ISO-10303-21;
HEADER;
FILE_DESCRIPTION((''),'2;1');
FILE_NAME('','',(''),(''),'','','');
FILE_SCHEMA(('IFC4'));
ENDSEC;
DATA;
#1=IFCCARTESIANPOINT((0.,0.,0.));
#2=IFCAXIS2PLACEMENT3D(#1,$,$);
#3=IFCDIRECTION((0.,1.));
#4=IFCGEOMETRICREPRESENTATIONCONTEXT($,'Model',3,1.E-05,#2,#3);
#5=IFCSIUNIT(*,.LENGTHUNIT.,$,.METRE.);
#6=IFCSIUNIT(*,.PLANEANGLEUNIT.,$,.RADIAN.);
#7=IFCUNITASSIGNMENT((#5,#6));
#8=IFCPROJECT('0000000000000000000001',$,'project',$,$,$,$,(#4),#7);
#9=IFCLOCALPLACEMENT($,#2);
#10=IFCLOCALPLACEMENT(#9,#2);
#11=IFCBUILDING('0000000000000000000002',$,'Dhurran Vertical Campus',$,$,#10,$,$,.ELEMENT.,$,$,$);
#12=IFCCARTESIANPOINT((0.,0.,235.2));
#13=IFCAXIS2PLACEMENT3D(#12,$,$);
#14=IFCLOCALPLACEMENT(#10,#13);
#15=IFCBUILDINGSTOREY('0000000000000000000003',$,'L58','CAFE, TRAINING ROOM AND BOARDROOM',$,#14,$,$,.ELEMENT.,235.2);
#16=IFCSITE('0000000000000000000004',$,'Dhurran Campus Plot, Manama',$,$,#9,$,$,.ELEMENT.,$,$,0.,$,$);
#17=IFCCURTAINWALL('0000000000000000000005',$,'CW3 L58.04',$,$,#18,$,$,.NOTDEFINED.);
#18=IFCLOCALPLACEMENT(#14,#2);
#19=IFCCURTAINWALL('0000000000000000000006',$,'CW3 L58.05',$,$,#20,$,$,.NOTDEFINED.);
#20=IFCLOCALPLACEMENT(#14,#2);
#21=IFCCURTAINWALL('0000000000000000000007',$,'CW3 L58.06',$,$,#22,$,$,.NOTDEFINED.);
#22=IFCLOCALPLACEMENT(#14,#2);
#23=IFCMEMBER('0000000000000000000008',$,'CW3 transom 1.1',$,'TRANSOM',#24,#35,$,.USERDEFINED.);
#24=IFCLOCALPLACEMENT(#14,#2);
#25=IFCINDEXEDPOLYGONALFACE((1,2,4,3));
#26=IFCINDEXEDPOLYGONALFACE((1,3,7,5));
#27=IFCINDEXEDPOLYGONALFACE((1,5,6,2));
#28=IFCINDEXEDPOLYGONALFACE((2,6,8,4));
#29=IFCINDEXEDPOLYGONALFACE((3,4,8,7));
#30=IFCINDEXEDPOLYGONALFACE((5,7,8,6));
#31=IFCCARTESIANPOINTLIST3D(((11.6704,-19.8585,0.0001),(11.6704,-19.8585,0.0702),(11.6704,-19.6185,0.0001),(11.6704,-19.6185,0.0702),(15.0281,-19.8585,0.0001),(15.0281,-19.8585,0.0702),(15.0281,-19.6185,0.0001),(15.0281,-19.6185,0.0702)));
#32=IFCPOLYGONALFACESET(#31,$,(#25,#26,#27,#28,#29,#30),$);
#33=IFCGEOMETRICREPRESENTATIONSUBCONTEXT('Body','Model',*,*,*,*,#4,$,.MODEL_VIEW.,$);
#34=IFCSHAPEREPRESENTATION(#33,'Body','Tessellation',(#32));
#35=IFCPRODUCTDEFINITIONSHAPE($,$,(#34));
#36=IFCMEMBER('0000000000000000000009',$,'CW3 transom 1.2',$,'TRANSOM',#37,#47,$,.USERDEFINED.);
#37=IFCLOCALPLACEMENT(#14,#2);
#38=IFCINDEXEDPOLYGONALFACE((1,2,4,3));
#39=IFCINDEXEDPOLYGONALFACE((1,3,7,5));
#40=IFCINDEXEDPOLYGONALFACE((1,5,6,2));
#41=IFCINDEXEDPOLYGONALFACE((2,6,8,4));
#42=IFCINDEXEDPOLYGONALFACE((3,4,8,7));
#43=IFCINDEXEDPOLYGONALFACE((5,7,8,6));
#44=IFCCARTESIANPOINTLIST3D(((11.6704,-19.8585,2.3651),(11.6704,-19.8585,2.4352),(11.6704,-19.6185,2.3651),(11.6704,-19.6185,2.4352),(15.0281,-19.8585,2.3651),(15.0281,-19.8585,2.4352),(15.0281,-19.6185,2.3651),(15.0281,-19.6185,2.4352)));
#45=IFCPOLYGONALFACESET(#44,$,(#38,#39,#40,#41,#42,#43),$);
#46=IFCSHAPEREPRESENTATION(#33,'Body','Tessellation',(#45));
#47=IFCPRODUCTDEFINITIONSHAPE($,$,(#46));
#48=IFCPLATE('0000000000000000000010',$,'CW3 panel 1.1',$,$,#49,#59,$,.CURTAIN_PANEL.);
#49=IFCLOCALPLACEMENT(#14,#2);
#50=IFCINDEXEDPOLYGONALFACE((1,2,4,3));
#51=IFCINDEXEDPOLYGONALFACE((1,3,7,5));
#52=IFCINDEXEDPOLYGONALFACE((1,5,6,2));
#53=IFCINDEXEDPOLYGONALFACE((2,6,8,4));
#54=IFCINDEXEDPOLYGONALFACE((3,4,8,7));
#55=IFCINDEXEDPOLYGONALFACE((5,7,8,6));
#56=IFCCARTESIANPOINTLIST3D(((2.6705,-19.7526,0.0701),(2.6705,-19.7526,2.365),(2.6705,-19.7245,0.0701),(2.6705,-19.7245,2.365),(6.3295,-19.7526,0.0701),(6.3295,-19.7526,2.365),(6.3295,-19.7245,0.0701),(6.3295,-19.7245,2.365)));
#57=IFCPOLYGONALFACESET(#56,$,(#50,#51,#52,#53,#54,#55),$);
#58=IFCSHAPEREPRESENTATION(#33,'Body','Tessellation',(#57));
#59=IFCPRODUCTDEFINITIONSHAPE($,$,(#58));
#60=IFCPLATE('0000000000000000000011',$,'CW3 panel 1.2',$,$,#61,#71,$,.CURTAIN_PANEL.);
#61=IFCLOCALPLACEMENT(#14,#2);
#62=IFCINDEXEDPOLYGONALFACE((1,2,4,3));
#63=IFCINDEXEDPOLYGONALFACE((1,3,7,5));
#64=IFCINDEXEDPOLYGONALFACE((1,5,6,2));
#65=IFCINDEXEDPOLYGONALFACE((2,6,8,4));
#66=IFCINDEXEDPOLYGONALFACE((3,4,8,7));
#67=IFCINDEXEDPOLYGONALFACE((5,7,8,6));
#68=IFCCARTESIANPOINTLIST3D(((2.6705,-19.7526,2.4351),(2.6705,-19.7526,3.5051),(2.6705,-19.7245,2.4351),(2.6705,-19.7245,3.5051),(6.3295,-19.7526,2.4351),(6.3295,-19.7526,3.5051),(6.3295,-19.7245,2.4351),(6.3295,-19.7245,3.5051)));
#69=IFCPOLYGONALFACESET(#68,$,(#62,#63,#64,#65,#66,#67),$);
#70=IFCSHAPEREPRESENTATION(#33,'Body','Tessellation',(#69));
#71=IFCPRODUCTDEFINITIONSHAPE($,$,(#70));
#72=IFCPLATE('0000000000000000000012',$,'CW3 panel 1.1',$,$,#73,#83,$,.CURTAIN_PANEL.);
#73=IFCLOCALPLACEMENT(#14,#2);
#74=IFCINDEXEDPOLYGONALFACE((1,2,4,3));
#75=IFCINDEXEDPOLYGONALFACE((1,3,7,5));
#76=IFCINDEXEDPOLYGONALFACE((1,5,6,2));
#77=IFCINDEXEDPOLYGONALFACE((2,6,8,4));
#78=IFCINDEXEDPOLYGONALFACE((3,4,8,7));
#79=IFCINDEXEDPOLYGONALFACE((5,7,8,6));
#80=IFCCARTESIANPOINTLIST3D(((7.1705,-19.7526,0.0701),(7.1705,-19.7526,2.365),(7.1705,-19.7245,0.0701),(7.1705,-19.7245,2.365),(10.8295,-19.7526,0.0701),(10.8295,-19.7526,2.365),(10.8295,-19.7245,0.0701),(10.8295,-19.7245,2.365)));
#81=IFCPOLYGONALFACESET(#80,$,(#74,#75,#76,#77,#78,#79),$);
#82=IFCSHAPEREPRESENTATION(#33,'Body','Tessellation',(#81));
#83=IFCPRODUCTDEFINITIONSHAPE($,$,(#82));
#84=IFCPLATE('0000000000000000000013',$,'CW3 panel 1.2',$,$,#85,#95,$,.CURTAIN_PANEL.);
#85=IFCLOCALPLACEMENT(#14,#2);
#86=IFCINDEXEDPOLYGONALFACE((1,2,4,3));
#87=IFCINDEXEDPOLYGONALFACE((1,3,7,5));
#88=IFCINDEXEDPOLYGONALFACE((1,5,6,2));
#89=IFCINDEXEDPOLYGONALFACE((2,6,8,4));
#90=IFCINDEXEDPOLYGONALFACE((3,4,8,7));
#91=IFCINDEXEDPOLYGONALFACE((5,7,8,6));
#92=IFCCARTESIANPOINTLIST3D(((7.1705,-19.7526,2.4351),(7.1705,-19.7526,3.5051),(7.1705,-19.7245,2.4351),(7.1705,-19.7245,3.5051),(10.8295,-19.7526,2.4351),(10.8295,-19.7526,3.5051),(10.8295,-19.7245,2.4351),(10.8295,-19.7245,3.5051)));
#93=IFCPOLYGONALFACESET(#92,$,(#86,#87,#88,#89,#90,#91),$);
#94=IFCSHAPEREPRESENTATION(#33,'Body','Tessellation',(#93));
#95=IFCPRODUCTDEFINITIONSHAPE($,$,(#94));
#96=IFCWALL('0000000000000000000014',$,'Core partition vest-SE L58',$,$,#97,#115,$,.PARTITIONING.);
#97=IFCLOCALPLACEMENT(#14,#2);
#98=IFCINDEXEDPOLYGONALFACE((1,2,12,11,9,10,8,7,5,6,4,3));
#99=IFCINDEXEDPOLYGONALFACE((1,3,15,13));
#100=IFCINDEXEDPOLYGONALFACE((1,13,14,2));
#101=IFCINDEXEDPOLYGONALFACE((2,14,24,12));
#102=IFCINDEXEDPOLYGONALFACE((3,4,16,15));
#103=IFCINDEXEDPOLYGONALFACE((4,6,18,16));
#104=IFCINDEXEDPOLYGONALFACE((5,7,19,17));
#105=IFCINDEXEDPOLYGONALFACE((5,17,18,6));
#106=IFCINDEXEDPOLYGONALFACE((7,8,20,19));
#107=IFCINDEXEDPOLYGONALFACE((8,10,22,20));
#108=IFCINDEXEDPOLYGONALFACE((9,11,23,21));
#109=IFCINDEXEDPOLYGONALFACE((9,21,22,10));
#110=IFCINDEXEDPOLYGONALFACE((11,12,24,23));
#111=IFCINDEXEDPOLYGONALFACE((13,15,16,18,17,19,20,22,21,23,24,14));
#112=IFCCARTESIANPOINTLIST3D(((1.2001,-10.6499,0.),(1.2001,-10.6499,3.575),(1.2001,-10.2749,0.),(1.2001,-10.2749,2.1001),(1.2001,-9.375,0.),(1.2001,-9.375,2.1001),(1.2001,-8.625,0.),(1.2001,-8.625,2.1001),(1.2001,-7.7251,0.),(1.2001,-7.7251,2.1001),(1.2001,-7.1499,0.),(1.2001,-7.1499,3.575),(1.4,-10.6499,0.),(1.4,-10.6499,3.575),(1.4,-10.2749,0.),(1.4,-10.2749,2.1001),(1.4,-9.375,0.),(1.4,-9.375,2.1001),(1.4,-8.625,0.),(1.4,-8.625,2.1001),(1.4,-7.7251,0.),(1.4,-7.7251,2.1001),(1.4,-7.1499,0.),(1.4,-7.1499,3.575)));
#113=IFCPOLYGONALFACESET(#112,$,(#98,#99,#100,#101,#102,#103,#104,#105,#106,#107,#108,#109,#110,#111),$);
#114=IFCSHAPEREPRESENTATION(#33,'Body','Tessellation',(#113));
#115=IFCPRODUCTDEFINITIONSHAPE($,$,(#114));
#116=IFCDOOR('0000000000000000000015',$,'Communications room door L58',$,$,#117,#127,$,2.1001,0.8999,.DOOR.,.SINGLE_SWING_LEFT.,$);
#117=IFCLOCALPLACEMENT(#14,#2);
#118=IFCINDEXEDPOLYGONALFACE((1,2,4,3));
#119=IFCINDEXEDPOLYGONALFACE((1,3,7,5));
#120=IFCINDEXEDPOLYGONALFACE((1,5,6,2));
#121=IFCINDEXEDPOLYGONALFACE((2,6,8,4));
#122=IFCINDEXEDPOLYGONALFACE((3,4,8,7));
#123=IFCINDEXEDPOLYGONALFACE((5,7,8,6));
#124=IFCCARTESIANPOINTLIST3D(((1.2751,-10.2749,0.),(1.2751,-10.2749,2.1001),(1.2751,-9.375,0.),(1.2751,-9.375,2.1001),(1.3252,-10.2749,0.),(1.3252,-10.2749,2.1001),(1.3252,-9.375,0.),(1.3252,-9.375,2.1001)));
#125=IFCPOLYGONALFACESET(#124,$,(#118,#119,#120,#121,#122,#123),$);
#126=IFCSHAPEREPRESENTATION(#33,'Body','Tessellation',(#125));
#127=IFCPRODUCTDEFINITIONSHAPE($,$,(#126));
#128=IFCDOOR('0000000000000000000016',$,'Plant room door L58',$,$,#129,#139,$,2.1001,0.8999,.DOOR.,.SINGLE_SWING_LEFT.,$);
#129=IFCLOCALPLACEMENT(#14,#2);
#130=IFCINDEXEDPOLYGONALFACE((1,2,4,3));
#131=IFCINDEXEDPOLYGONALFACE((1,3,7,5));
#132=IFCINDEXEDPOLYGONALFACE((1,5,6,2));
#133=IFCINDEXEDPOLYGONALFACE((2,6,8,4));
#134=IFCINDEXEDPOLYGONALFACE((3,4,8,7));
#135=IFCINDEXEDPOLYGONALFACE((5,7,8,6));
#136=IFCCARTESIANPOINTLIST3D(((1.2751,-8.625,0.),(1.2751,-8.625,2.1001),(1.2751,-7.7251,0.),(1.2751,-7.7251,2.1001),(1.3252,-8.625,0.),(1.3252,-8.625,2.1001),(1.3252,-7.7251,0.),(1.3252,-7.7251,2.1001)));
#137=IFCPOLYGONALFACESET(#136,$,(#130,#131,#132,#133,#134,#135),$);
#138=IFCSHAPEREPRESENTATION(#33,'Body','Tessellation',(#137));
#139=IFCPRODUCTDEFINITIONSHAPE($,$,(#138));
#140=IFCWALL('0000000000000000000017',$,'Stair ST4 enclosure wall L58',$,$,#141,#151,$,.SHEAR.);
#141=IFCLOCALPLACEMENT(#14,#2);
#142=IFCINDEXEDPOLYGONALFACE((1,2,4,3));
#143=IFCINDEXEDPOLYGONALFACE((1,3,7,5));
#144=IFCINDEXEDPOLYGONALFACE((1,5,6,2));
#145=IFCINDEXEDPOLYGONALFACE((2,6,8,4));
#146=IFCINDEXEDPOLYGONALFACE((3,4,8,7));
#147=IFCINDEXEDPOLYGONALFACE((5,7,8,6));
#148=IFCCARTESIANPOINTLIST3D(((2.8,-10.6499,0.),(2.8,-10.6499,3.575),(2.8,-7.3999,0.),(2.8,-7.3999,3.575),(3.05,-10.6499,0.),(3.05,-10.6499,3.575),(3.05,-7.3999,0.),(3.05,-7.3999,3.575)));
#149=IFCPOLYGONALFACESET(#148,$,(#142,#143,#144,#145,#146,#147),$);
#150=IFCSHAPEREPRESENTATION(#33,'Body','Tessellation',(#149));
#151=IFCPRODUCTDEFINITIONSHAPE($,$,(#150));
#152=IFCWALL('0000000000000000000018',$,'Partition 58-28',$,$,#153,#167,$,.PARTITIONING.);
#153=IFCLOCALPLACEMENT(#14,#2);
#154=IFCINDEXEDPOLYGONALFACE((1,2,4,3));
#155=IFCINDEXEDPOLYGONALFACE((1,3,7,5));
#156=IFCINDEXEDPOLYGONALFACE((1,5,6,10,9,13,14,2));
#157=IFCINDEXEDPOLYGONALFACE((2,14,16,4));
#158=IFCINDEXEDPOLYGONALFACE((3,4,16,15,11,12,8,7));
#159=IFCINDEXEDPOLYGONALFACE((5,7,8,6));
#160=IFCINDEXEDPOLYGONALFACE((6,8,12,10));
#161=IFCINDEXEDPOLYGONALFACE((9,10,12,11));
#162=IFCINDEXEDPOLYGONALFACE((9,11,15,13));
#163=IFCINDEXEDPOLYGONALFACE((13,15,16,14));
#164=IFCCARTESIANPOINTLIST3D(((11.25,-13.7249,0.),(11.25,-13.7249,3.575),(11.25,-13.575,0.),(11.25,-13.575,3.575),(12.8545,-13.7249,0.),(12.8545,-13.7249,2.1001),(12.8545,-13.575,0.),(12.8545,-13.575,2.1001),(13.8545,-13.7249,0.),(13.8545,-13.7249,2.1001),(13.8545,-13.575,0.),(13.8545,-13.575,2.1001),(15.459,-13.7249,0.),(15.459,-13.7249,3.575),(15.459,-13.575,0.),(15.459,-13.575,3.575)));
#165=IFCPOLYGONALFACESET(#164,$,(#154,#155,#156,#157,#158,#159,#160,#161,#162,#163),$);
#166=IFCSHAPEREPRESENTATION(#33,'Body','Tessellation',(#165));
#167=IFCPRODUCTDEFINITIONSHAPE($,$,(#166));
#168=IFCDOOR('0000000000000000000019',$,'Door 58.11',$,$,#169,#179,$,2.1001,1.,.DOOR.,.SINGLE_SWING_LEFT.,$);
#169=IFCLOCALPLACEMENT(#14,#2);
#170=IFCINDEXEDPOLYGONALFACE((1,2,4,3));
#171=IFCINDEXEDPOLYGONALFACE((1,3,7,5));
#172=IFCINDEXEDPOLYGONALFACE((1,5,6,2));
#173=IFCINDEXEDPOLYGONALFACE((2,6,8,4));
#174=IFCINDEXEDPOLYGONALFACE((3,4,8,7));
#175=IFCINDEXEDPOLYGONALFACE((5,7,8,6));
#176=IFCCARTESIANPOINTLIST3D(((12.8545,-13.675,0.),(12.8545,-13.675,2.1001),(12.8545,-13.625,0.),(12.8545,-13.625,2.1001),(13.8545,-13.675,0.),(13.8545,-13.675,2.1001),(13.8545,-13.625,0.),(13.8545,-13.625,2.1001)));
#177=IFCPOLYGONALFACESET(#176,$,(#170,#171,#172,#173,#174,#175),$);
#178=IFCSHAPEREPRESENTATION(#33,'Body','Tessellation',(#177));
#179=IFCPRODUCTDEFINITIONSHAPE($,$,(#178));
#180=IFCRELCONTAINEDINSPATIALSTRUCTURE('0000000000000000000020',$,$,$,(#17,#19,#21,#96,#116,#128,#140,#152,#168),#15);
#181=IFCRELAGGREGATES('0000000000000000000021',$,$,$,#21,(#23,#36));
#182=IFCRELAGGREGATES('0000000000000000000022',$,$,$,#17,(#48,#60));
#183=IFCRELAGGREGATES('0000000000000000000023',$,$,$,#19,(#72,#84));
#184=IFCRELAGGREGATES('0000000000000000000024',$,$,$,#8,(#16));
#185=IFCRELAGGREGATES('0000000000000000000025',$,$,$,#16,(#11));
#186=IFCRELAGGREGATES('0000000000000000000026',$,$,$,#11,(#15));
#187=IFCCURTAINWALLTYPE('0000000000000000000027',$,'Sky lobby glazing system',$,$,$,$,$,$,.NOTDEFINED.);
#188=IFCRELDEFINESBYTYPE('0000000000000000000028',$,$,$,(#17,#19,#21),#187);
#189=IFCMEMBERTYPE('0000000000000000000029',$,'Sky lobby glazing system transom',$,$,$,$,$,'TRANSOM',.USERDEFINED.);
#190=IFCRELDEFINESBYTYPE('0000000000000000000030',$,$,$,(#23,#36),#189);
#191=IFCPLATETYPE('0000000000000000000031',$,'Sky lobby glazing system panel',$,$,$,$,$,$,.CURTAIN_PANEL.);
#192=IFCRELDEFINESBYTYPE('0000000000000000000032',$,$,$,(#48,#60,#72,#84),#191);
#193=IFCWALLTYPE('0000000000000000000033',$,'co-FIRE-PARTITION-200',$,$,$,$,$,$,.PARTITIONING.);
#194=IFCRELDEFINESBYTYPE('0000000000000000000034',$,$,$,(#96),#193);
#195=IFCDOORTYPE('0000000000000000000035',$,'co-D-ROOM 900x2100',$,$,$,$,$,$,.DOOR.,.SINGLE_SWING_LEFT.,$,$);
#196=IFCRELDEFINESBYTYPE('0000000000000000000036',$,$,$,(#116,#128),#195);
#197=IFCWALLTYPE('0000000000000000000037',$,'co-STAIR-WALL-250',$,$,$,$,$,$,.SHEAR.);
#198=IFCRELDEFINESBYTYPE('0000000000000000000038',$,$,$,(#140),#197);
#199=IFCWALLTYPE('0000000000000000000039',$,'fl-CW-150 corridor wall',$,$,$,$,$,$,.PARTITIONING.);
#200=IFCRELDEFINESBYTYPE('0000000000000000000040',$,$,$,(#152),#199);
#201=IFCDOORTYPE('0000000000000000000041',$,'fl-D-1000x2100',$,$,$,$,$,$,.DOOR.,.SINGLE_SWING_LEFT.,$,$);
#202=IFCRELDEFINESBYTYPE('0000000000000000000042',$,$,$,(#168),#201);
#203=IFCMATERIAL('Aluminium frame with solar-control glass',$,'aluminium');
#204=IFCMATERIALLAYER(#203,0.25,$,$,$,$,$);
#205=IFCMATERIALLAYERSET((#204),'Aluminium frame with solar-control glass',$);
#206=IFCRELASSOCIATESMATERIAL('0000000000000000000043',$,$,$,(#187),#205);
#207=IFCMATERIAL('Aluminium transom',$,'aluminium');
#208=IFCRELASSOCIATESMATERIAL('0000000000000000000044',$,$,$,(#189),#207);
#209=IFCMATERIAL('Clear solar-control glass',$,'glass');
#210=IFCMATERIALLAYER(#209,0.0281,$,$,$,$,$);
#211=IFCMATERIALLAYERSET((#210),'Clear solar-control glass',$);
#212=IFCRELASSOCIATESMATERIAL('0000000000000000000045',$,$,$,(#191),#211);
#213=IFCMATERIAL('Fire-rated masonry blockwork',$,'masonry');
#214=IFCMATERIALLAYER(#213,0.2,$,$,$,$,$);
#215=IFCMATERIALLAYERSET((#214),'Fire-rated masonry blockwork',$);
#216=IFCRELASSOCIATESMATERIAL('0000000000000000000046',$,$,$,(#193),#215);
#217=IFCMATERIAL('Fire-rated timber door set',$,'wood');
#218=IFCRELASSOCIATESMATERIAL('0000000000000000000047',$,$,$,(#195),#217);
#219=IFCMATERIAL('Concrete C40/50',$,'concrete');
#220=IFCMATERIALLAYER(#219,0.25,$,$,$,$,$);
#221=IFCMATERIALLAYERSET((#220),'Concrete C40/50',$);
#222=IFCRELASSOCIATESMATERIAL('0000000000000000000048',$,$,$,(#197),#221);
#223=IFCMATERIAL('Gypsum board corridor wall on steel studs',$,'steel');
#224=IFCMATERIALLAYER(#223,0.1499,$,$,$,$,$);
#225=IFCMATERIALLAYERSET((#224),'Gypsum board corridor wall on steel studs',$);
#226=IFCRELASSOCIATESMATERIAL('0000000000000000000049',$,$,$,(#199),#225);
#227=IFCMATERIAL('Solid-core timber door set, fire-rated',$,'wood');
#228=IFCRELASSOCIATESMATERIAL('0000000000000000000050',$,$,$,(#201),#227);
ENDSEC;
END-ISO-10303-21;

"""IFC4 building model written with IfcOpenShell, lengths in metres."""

from ifc_helpers import new_model, si_unit, direction, frame, frame_2d, origin, origin_2d, place, context, subcontext, project, spatial, rectangle, extrude, material, layer, layer_set, material_profile, profile_set, type_object, element, fill, aggregate, save


model = new_model("IFC4")

# Units and contexts
model_context = context("Model", 3, precision=1e-05, world=origin(), true_north=direction((0.0, 1.0)))
body_context = subcontext(model_context, "Body", "Model", "MODEL_VIEW")
ifc_project = project(units=[si_unit("LENGTHUNIT", "METRE"), si_unit("PLANEANGLEUNIT", "RADIAN")], contexts=[model_context])

# Site, building, storey
site_placement = place(None, origin())
site = spatial("IfcSite", under=ifc_project, at=site_placement, Name="Dhurran Campus Plot, Manama", CompositionType="ELEMENT", RefElevation=0.0)
building_placement = place(site_placement, origin())
building = spatial("IfcBuilding", under=site, at=building_placement, Name="Dhurran Vertical Campus", CompositionType="ELEMENT")
storey_placement = place(building_placement, frame((0.0, 0.0, 235.2)))
storey = spatial("IfcBuildingStorey", under=building, at=storey_placement, Name="L58", Description="CAFE, TRAINING ROOM AND BOARDROOM", CompositionType="ELEMENT", Elevation=235.2)

# Shared definitions
ifc_material_1 = material(Name="Aluminium frame with solar-control glass", Category="aluminium")
ifc_layer_1 = layer(ifc_material_1, 0.25)
ifc_layer_set_1 = layer_set([ifc_layer_1], Name="Aluminium frame with solar-control glass")
curtain_wall_type = type_object("IfcCurtainWallType", Name="Sky lobby glazing system", PredefinedType="NOTDEFINED", material=ifc_layer_set_1)

# Curtain walls
curtain_wall_1_placement = place(storey_placement, origin())
curtain_wall_1 = element("IfcCurtainWall", 1, at=curtain_wall_1_placement, inside=storey, type_object=curtain_wall_type, Name="CW3 L58.04", PredefinedType="NOTDEFINED")
curtain_wall_2_placement = place(storey_placement, origin())
curtain_wall_2 = element("IfcCurtainWall", 2, at=curtain_wall_2_placement, inside=storey, type_object=curtain_wall_type, Name="CW3 L58.05", PredefinedType="NOTDEFINED")

# Curtain wall
curtain_wall_3_placement = place(storey_placement, origin())
curtain_wall_3 = element("IfcCurtainWall", 3, at=curtain_wall_3_placement, inside=storey, type_object=curtain_wall_type, Name="CW3 L58.06", PredefinedType="NOTDEFINED")

# Members
ifc_material_2 = material(Name="Aluminium transom", Category="aluminium")
ifc_material_profile_1 = material_profile(ifc_material_2, rectangle(XDim=0.24, YDim=0.0701, at=origin_2d()), Name="Sky lobby glazing system transom")
ifc_profile_set_1 = profile_set([ifc_material_profile_1], Name="Aluminium transom")
member_type_1 = type_object("IfcMemberType", Name="Sky lobby glazing system transom", ElementType="TRANSOM", PredefinedType="USERDEFINED", material=ifc_profile_set_1)
member_1_placement = place(storey_placement, frame((11.6704, -19.7385, 0.0352), z_axis=(1.0, 0.0, 0.0), x_axis=(0.0, 1.0, 0.0)))
member_1 = element("IfcMember", 4, at=member_1_placement, type_object=member_type_1, Name="CW3 transom 1.1", ObjectType="TRANSOM", PredefinedType="USERDEFINED", context=body_context, shape_type="SweptSolid", body=[
    extrude(rectangle(XDim=0.24, YDim=0.0701, at=origin_2d()), origin(), (0.0, 0.0, 1.0), 3.3577),
])
member_2_placement = place(storey_placement, frame((11.6704, -19.7385, 2.4001), z_axis=(1.0, 0.0, 0.0), x_axis=(0.0, 1.0, 0.0)))
member_2 = element("IfcMember", 5, at=member_2_placement, type_object=member_type_1, Name="CW3 transom 1.2", ObjectType="TRANSOM", PredefinedType="USERDEFINED", context=body_context, shape_type="SweptSolid", body=[
    extrude(rectangle(XDim=0.24, YDim=0.0701, at=origin_2d()), origin(), (0.0, 0.0, 1.0), 3.3577),
])
aggregate(curtain_wall_3, [member_1, member_2])

# Plates
ifc_material_3 = material(Name="Clear solar-control glass", Category="glass")
ifc_layer_2 = layer(ifc_material_3, 0.0281)
ifc_layer_set_2 = layer_set([ifc_layer_2], Name="Clear solar-control glass")
plate_type = type_object("IfcPlateType", Name="Sky lobby glazing system panel", PredefinedType="CURTAIN_PANEL", material=ifc_layer_set_2)
plate_1_placement = place(storey_placement, frame((4.5, -19.7385, 0.0701), z_axis=(0.0, 0.0, 1.0), x_axis=(1.0, 0.0, 0.0)))
plate_1 = element("IfcPlate", 6, at=plate_1_placement, type_object=plate_type, Name="CW3 panel 1.1", PredefinedType="CURTAIN_PANEL", context=body_context, shape_type="SweptSolid", body=[
    extrude(rectangle(XDim=3.6589, YDim=0.0281, at=origin_2d()), origin(), (0.0, 0.0, 1.0), 2.2949),
])
plate_2_placement = place(storey_placement, frame((4.5, -19.7385, 2.4351), z_axis=(0.0, 0.0, 1.0), x_axis=(1.0, 0.0, 0.0)))
plate_2 = element("IfcPlate", 7, at=plate_2_placement, type_object=plate_type, Name="CW3 panel 1.2", PredefinedType="CURTAIN_PANEL", context=body_context, shape_type="SweptSolid", body=[
    extrude(rectangle(XDim=3.6589, YDim=0.0281, at=origin_2d()), origin(), (0.0, 0.0, 1.0), 1.0701),
])
aggregate(curtain_wall_1, [plate_1, plate_2])
plate_3_placement = place(storey_placement, frame((9.0, -19.7385, 0.0701), z_axis=(0.0, 0.0, 1.0), x_axis=(1.0, 0.0, 0.0)))
plate_3 = element("IfcPlate", 8, at=plate_3_placement, type_object=plate_type, Name="CW3 panel 1.1", PredefinedType="CURTAIN_PANEL", context=body_context, shape_type="SweptSolid", body=[
    extrude(rectangle(XDim=3.6589, YDim=0.0281, at=origin_2d()), origin(), (0.0, 0.0, 1.0), 2.2949),
])
plate_4_placement = place(storey_placement, frame((9.0, -19.7385, 2.4351), z_axis=(0.0, 0.0, 1.0), x_axis=(1.0, 0.0, 0.0)))
plate_4 = element("IfcPlate", 9, at=plate_4_placement, type_object=plate_type, Name="CW3 panel 1.2", PredefinedType="CURTAIN_PANEL", context=body_context, shape_type="SweptSolid", body=[
    extrude(rectangle(XDim=3.6589, YDim=0.0281, at=origin_2d()), origin(), (0.0, 0.0, 1.0), 1.0701),
])
aggregate(curtain_wall_2, [plate_3, plate_4])

# Wall, openings, doors
ifc_material_4 = material(Name="Fire-rated masonry blockwork", Category="masonry")
ifc_layer_3 = layer(ifc_material_4, 0.2)
ifc_layer_set_3 = layer_set([ifc_layer_3], Name="Fire-rated masonry blockwork")
wall_type_1 = type_object("IfcWallType", Name="co-FIRE-PARTITION-200", PredefinedType="PARTITIONING", material=ifc_layer_set_3)
wall_1_placement = place(storey_placement, frame((1.3, -10.6499, 0.0), z_axis=(0.0, 0.0, 1.0), x_axis=(0.0, 1.0, 0.0)))
wall_1 = element("IfcWall", 10, at=wall_1_placement, inside=storey, type_object=wall_type_1, Name="Core partition vest-SE L58", PredefinedType="PARTITIONING", context=body_context, shape_type="SweptSolid", body=[
    extrude(rectangle(XDim=3.5, YDim=0.2, at=frame_2d((1.75, 0.0))), origin(), (0.0, 0.0, 1.0), 3.575),
])
opening_1_placement = place(wall_1_placement, frame((0.375, 0.0, 0.0)))
opening_1 = element("IfcOpeningElement", 11, at=opening_1_placement, cuts=wall_1, PredefinedType="OPENING", context=body_context, shape_type="SweptSolid", body=[
    extrude(rectangle(XDim=0.8999, YDim=2.1001, at=frame_2d((0.45, 1.05))), frame((0.0, 0.1099, 0.0), z_axis=(0.0, -1.0, 0.0), x_axis=(1.0, 0.0, 0.0)), (0.0, 0.0, 1.0), 0.22),
])
opening_2_placement = place(wall_1_placement, frame((2.0249, 0.0, 0.0)))
opening_2 = element("IfcOpeningElement", 12, at=opening_2_placement, cuts=wall_1, PredefinedType="OPENING", context=body_context, shape_type="SweptSolid", body=[
    extrude(rectangle(XDim=0.8999, YDim=2.1001, at=frame_2d((0.45, 1.05))), frame((0.0, 0.1099, 0.0), z_axis=(0.0, -1.0, 0.0), x_axis=(1.0, 0.0, 0.0)), (0.0, 0.0, 1.0), 0.22),
])
ifc_material_5 = material(Name="Fire-rated timber door set", Category="wood")
door_type_1 = type_object("IfcDoorType", Name="co-D-ROOM 900x2100", OperationType="SINGLE_SWING_LEFT", PredefinedType="DOOR", material=ifc_material_5)
door_1_placement = place(opening_1_placement, origin())
door_1 = element("IfcDoor", 13, at=door_1_placement, inside=storey, type_object=door_type_1, Name="Communications room door L58", OperationType="SINGLE_SWING_LEFT", OverallHeight=2.1001, OverallWidth=0.8999, PredefinedType="DOOR", context=body_context, shape_type="SweptSolid", body=[
    extrude(rectangle(XDim=0.8999, YDim=2.1001, at=frame_2d((0.45, 1.05))), frame((0.0, 0.0249, 0.0), z_axis=(0.0, -1.0, 0.0), x_axis=(1.0, 0.0, 0.0)), (0.0, 0.0, 1.0), 0.05),
])
fill(opening_1, door_1)
door_2_placement = place(opening_2_placement, origin())
door_2 = element("IfcDoor", 14, at=door_2_placement, inside=storey, type_object=door_type_1, Name="Plant room door L58", OperationType="SINGLE_SWING_LEFT", OverallHeight=2.1001, OverallWidth=0.8999, PredefinedType="DOOR", context=body_context, shape_type="SweptSolid", body=[
    extrude(rectangle(XDim=0.8999, YDim=2.1001, at=frame_2d((0.45, 1.05))), frame((0.0, 0.0249, 0.0), z_axis=(0.0, -1.0, 0.0), x_axis=(1.0, 0.0, 0.0)), (0.0, 0.0, 1.0), 0.05),
])
fill(opening_2, door_2)

# Wall
ifc_material_6 = material(Name="Concrete C40/50", Category="concrete")
ifc_layer_4 = layer(ifc_material_6, 0.25)
ifc_layer_set_4 = layer_set([ifc_layer_4], Name="Concrete C40/50")
wall_type_2 = type_object("IfcWallType", Name="co-STAIR-WALL-250", PredefinedType="SHEAR", material=ifc_layer_set_4)
wall_2_placement = place(storey_placement, frame((2.925, -10.6499, 0.0), z_axis=(0.0, 0.0, 1.0), x_axis=(0.0, 1.0, 0.0)))
element("IfcWall", 15, at=wall_2_placement, inside=storey, type_object=wall_type_2, Name="Stair ST4 enclosure wall L58", PredefinedType="SHEAR", context=body_context, shape_type="SweptSolid", body=[
    extrude(rectangle(XDim=3.25, YDim=0.25, at=frame_2d((1.625, 0.0))), origin(), (0.0, 0.0, 1.0), 3.575),
])

# Wall, opening, door
ifc_material_7 = material(Name="Gypsum board corridor wall on steel studs", Category="steel")
ifc_layer_5 = layer(ifc_material_7, 0.1499)
ifc_layer_set_5 = layer_set([ifc_layer_5], Name="Gypsum board corridor wall on steel studs")
wall_type_3 = type_object("IfcWallType", Name="fl-CW-150 corridor wall", PredefinedType="PARTITIONING", material=ifc_layer_set_5)
wall_3_placement = place(storey_placement, frame((11.25, -13.6499, 0.0), z_axis=(0.0, 0.0, 1.0), x_axis=(1.0, 0.0, 0.0)))
wall_3 = element("IfcWall", 16, at=wall_3_placement, inside=storey, type_object=wall_type_3, Name="Partition 58-28", PredefinedType="PARTITIONING", context=body_context, shape_type="SweptSolid", body=[
    extrude(rectangle(XDim=4.209, YDim=0.1499, at=frame_2d((2.1045, 0.0))), origin(), (0.0, 0.0, 1.0), 3.575),
])
opening_3_placement = place(wall_3_placement, frame((1.6045, 0.0, 0.0)))
opening_3 = element("IfcOpeningElement", 17, at=opening_3_placement, cuts=wall_3, PredefinedType="OPENING", context=body_context, shape_type="SweptSolid", body=[
    extrude(rectangle(XDim=1.0, YDim=2.1001, at=frame_2d((0.5, 1.05))), frame((0.0, 0.085, 0.0), z_axis=(0.0, -1.0, 0.0), x_axis=(1.0, 0.0, 0.0)), (0.0, 0.0, 1.0), 0.1699),
])
ifc_material_8 = material(Name="Solid-core timber door set, fire-rated", Category="wood")
door_type_2 = type_object("IfcDoorType", Name="fl-D-1000x2100", OperationType="SINGLE_SWING_LEFT", PredefinedType="DOOR", material=ifc_material_8)
door_3_placement = place(opening_3_placement, origin())
door_3 = element("IfcDoor", 18, at=door_3_placement, inside=storey, type_object=door_type_2, Name="Door 58.11", OperationType="SINGLE_SWING_LEFT", OverallHeight=2.1001, OverallWidth=1.0, PredefinedType="DOOR", context=body_context, shape_type="SweptSolid", body=[
    extrude(rectangle(XDim=1.0, YDim=2.1001, at=frame_2d((0.5, 1.05))), frame((0.0, 0.0249, 0.0), z_axis=(0.0, -1.0, 0.0), x_axis=(1.0, 0.0, 0.0)), (0.0, 0.0, 1.0), 0.05),
])
fill(opening_3, door_3)

save(model, "model.ifc")
